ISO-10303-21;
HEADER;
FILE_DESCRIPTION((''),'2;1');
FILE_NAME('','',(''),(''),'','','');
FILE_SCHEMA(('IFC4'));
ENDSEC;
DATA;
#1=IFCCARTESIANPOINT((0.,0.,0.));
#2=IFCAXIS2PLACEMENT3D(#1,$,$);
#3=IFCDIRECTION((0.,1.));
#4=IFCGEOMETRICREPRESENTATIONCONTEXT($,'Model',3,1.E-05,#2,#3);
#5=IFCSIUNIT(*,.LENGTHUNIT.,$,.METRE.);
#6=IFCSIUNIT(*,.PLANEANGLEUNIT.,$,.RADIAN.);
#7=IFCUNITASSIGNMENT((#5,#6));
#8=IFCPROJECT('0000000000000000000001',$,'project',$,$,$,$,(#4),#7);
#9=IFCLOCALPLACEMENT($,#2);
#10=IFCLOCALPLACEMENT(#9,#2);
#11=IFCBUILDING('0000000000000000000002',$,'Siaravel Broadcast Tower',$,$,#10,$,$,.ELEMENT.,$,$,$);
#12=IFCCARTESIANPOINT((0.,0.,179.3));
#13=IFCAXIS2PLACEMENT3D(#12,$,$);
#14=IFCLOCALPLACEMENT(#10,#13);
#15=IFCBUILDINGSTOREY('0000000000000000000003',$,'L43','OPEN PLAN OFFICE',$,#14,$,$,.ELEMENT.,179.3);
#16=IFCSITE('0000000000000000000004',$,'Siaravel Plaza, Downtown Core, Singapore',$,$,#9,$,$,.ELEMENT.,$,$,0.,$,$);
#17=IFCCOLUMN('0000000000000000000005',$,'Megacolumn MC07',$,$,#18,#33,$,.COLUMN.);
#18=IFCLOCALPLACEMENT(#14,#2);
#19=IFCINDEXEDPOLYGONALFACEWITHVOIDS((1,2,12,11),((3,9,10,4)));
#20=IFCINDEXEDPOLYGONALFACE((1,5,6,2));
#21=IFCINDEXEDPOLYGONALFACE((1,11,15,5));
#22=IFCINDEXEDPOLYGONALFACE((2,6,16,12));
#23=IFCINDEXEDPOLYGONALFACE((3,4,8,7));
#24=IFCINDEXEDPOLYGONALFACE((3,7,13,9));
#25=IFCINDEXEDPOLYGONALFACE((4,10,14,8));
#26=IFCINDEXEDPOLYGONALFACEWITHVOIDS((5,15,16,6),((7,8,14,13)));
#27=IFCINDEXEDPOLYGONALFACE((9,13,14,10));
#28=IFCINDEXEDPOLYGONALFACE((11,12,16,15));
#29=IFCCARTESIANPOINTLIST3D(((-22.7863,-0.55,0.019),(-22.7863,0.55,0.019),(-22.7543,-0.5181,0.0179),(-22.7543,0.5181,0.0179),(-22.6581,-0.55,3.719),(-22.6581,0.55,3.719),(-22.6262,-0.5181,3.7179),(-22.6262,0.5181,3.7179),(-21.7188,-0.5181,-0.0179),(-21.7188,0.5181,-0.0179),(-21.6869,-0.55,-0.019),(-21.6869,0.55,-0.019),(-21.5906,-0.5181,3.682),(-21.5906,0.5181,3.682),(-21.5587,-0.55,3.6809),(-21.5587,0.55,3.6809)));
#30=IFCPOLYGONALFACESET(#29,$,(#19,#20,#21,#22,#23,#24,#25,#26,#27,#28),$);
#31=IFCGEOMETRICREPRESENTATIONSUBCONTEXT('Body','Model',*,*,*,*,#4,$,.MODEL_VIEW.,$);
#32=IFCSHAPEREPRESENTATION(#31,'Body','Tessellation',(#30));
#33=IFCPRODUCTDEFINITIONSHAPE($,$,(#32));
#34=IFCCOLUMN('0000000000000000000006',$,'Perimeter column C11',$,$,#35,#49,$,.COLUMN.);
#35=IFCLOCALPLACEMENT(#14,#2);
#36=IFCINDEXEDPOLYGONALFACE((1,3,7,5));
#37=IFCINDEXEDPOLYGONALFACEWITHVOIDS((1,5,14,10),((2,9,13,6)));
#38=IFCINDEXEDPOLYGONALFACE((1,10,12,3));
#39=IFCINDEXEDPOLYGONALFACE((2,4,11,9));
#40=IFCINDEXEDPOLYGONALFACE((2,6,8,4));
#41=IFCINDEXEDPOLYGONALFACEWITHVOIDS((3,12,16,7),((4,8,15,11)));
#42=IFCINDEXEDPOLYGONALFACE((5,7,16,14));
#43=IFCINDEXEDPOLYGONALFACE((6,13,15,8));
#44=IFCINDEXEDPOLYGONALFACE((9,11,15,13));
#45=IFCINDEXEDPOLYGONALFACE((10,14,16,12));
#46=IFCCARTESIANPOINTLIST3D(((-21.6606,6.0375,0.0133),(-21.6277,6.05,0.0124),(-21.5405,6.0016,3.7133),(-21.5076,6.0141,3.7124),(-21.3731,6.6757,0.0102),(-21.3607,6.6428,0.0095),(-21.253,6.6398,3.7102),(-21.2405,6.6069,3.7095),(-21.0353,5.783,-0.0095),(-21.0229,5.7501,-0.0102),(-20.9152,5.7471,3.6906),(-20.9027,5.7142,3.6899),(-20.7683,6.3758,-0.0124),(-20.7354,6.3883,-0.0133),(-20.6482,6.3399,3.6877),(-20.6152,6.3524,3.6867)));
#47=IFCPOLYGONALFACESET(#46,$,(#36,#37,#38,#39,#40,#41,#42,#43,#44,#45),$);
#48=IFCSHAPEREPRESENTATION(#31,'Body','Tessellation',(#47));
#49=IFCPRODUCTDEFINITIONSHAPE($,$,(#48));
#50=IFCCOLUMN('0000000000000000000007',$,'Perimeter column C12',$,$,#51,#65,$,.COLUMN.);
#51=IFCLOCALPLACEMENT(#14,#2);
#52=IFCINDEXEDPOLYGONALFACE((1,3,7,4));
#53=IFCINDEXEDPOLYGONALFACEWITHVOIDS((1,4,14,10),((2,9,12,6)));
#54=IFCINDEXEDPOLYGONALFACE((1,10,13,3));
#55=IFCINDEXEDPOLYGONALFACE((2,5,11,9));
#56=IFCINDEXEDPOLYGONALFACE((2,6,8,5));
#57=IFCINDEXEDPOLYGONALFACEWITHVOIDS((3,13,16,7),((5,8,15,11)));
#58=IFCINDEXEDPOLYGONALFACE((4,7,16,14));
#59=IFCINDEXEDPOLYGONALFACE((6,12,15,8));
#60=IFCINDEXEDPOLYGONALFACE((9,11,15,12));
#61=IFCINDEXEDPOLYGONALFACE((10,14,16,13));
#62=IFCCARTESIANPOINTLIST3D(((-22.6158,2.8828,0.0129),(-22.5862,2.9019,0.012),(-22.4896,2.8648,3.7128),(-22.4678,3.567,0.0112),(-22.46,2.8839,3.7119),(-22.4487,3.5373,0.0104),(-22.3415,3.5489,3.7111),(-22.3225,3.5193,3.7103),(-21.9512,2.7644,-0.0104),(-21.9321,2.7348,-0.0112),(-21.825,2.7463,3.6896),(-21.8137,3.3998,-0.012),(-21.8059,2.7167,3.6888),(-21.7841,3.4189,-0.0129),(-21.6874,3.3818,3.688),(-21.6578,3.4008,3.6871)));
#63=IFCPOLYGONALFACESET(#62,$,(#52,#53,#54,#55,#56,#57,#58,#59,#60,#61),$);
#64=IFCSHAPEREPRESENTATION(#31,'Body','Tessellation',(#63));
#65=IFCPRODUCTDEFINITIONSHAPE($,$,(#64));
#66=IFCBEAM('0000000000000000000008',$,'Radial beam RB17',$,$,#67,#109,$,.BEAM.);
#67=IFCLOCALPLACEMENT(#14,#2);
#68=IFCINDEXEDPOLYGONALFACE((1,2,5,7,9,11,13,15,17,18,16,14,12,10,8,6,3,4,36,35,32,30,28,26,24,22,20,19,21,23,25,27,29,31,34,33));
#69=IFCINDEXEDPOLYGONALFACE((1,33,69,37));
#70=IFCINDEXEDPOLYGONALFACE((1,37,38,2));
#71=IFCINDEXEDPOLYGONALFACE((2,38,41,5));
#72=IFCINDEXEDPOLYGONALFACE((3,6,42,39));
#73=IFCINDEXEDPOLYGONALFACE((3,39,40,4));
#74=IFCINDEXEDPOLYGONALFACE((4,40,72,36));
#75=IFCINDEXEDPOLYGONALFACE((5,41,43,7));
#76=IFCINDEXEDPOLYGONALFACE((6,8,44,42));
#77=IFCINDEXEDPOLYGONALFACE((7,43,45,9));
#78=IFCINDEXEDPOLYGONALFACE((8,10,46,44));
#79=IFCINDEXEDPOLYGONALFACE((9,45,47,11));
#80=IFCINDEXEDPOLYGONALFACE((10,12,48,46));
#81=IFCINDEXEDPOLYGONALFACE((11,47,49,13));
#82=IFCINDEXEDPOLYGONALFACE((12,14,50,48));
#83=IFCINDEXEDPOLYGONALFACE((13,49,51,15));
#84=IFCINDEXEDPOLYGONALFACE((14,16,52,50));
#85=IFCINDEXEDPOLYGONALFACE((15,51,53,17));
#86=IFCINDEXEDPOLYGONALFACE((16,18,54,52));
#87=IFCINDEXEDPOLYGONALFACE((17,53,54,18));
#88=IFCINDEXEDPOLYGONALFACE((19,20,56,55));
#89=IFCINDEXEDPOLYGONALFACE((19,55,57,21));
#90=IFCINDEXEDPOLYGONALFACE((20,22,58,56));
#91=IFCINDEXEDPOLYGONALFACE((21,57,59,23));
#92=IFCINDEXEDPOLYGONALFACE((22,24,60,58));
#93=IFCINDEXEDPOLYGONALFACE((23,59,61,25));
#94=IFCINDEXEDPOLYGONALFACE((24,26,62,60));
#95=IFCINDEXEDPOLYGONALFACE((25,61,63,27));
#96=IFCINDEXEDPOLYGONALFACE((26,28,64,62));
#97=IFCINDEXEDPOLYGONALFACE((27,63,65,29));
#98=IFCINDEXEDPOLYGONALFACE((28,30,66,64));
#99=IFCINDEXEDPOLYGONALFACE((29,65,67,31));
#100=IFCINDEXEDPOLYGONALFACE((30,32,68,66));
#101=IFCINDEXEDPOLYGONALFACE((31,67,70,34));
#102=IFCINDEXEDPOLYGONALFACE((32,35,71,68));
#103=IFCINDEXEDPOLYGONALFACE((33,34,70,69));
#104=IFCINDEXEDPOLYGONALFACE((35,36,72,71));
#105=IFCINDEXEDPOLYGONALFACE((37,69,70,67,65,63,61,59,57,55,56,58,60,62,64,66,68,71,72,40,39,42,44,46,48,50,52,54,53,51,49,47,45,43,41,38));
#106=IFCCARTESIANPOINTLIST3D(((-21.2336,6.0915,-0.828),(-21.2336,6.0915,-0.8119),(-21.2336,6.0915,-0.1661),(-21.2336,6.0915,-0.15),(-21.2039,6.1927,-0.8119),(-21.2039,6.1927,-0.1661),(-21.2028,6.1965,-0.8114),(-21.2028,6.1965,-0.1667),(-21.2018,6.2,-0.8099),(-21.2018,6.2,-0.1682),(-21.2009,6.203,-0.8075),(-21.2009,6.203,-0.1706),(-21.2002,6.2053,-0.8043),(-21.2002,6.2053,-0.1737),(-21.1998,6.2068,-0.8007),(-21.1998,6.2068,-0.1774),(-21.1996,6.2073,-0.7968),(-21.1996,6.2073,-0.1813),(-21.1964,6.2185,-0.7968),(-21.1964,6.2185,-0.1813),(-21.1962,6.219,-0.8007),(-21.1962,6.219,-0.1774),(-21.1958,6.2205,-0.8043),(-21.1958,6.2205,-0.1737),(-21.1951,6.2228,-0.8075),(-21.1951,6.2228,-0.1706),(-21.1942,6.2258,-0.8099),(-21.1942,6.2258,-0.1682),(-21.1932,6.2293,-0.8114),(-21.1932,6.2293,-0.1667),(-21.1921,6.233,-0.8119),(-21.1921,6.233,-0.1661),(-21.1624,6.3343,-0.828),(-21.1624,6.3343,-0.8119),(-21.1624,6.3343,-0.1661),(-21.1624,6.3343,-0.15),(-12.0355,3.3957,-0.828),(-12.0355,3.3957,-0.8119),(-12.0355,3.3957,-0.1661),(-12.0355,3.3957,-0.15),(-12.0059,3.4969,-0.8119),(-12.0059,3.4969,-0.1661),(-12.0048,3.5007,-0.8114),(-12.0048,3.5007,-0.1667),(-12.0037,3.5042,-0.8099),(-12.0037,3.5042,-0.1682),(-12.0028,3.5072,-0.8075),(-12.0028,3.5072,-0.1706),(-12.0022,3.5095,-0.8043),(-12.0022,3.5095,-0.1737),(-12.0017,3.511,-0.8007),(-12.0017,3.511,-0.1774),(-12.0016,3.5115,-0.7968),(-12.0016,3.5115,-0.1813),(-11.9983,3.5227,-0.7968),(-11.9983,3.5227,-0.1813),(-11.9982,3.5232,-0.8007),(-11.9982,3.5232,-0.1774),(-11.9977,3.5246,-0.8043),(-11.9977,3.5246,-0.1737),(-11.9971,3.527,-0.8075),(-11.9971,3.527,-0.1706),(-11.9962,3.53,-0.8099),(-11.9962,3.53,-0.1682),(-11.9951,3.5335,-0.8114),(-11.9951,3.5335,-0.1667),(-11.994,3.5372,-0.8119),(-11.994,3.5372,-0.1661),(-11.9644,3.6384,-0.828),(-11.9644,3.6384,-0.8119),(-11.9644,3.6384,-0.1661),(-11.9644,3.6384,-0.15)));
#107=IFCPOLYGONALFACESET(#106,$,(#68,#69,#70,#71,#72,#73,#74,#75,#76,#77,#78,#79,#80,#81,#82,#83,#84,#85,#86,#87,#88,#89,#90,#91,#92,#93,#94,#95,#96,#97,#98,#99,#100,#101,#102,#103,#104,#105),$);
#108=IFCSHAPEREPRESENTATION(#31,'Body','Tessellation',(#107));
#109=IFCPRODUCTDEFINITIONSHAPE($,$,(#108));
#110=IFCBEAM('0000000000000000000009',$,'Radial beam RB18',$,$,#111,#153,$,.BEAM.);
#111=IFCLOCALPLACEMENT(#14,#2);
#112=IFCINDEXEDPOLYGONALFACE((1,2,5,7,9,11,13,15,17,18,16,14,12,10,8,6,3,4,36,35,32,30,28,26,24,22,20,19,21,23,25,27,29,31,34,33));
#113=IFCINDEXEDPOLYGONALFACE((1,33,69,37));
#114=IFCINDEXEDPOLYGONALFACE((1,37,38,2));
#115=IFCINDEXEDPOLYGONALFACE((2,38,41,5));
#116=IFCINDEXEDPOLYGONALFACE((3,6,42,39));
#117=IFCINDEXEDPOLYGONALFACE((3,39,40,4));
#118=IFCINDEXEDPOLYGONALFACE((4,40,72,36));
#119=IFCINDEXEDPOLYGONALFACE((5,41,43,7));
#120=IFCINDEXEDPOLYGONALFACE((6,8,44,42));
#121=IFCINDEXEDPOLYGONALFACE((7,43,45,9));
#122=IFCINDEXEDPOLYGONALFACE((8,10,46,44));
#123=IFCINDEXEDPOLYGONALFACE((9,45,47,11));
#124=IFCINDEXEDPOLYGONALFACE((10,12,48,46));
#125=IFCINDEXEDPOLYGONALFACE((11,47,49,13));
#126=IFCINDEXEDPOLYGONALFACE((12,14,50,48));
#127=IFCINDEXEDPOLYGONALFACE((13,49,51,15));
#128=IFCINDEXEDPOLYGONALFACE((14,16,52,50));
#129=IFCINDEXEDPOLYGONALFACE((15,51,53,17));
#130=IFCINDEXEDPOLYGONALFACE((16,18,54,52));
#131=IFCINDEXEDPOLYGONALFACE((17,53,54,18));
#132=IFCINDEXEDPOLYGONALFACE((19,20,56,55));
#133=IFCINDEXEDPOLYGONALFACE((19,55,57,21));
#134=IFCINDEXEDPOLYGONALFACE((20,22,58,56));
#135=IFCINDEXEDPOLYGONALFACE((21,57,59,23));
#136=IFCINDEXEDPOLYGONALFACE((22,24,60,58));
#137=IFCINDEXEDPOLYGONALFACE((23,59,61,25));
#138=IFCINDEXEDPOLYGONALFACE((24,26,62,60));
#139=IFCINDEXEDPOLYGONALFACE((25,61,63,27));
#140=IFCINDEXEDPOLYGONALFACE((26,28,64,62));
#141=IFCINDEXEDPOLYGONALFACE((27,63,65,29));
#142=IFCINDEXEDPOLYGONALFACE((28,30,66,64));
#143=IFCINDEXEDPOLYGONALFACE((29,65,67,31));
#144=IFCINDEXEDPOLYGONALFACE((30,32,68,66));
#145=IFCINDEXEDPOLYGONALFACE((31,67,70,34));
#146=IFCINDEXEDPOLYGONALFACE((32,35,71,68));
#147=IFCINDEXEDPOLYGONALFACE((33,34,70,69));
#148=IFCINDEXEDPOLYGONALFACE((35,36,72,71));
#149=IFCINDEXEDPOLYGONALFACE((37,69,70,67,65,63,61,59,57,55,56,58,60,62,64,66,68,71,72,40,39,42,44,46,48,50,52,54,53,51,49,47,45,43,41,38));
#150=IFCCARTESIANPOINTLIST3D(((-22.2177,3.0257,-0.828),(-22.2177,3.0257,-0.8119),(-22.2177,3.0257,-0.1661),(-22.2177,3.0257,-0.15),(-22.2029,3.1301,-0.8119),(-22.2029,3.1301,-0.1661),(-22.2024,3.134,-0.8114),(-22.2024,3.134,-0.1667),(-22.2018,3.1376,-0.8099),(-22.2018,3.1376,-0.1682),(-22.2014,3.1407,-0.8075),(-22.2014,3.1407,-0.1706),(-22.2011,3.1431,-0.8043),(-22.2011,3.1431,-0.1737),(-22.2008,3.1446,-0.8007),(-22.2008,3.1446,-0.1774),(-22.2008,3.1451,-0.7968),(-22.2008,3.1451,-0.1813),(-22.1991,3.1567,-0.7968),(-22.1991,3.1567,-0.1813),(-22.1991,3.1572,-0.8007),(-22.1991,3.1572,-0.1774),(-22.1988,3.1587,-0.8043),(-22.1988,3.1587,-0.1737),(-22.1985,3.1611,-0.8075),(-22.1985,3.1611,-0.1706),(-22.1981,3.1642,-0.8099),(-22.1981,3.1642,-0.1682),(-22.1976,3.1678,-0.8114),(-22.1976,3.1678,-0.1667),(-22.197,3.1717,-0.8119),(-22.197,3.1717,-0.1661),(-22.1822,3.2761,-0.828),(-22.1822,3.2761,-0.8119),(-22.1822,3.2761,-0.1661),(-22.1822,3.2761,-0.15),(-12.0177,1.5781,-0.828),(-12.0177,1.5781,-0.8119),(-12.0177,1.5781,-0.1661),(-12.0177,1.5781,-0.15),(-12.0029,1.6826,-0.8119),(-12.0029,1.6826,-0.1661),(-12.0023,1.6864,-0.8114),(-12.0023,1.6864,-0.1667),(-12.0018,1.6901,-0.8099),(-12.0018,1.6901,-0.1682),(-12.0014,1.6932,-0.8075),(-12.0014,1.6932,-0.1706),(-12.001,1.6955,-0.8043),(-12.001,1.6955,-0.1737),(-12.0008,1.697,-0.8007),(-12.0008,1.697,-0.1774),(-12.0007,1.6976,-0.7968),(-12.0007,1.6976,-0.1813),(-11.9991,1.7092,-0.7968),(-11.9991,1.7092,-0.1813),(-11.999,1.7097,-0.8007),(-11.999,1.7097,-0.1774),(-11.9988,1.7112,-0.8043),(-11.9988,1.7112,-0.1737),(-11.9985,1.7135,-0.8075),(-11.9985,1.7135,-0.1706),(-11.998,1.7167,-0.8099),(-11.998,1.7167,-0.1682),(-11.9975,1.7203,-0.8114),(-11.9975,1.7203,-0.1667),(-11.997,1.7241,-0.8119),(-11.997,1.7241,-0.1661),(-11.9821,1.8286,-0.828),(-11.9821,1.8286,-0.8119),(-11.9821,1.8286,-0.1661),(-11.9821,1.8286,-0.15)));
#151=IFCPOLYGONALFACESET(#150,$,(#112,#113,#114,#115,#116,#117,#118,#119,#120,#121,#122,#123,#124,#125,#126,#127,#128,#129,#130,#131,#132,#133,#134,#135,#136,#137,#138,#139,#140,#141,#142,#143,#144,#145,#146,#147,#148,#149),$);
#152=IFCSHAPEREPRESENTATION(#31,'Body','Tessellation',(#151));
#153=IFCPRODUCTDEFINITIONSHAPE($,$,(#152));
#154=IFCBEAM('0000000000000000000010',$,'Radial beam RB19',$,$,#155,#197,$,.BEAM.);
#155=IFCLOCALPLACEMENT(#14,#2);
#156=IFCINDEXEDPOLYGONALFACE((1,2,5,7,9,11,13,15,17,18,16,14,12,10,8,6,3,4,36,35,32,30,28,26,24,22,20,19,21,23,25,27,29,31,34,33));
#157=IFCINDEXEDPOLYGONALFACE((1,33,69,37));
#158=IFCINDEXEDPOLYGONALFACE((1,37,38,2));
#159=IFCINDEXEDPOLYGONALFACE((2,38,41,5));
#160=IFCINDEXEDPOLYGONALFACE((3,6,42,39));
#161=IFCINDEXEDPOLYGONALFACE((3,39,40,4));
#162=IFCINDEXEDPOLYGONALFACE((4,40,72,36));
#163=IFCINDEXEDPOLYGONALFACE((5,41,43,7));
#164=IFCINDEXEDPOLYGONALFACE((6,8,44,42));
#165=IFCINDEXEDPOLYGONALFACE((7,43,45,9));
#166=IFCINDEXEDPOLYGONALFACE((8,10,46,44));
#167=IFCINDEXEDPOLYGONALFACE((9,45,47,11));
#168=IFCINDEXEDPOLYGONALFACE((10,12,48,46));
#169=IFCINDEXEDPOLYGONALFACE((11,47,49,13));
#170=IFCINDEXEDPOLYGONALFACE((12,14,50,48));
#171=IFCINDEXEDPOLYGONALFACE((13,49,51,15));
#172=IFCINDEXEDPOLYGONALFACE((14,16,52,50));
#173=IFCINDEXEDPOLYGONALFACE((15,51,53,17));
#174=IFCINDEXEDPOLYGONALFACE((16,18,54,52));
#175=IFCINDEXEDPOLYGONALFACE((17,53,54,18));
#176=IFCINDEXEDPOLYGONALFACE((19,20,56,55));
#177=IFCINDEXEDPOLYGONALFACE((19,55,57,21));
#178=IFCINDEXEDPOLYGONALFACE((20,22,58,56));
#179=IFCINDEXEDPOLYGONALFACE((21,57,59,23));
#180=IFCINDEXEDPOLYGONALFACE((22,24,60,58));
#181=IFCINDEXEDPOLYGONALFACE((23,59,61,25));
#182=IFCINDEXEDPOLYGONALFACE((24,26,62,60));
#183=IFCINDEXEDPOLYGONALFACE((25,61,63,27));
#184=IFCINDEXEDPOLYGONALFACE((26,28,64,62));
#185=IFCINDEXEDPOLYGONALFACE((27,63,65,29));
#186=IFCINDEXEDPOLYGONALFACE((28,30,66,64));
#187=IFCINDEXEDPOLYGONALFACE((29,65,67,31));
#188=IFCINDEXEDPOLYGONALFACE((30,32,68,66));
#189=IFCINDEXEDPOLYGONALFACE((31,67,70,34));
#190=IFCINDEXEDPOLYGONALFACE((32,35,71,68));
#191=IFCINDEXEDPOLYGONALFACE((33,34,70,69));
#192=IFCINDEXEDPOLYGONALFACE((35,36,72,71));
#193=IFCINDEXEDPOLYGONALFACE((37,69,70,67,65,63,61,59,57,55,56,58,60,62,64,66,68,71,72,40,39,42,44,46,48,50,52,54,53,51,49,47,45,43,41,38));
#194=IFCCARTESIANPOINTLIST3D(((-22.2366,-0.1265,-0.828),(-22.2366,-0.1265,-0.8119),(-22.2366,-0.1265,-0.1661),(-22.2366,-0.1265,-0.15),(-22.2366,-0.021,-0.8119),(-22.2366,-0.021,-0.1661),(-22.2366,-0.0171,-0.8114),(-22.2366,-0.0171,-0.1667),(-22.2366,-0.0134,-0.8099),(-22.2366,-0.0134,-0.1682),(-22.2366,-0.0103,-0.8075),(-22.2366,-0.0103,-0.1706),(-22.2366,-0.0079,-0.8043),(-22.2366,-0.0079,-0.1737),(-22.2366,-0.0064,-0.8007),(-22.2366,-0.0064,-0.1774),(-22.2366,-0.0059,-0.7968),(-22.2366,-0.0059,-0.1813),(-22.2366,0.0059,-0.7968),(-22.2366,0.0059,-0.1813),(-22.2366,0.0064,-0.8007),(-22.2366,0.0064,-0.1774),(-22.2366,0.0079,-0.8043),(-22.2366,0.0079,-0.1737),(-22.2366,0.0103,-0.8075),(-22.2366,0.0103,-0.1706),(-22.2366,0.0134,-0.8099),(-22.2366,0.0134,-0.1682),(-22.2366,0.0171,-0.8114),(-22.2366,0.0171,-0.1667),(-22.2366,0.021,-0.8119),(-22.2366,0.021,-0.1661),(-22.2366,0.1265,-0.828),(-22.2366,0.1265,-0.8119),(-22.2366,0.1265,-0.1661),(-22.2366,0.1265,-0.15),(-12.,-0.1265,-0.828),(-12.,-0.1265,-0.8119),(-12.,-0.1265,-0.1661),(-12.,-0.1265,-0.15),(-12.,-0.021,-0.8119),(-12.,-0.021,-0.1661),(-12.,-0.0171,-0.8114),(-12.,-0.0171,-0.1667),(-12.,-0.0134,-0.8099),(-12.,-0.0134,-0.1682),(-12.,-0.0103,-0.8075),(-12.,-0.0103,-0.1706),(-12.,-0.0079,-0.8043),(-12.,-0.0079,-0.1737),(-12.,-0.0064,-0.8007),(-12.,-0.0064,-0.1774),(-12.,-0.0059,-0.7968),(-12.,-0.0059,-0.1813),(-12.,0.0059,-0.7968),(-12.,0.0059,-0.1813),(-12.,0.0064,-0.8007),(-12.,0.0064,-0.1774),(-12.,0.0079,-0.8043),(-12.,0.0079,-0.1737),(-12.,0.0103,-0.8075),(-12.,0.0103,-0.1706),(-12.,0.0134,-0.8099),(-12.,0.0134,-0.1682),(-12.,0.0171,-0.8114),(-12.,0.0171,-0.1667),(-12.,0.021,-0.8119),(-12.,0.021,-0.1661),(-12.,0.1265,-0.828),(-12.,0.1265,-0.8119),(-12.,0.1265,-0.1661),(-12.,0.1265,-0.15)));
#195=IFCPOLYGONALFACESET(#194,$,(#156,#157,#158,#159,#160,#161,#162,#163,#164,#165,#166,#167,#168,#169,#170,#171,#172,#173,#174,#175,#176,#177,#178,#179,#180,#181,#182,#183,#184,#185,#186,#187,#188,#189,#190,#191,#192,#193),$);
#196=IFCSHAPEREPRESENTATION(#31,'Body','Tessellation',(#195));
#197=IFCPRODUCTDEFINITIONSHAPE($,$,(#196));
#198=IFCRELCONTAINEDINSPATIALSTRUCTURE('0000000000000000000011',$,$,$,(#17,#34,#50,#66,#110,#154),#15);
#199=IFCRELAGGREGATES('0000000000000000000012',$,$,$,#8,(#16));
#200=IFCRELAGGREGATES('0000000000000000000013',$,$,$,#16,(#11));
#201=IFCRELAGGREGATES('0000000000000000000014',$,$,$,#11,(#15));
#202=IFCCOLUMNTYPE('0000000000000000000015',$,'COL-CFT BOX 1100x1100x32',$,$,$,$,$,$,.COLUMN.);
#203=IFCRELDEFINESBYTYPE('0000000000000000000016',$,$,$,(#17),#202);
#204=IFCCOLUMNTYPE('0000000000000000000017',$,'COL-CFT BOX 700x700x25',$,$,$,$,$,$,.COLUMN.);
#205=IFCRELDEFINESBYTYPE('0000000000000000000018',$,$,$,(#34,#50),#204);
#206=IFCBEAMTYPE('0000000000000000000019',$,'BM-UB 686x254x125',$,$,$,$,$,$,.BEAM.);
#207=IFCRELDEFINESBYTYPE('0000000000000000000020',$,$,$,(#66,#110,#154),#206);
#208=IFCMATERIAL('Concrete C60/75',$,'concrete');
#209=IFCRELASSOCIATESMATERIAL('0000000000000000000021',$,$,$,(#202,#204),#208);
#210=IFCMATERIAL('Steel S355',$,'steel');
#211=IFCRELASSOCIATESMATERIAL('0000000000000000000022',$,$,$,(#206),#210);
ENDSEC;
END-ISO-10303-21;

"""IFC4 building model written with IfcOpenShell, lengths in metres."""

from ifc_helpers import new_model, si_unit, direction, frame, origin, origin_2d, place, context, subcontext, project, spatial, hollow_rectangle, i_section, extrude, material, material_profile, profile_set, type_object, element, save


model = new_model("IFC4")

# Units and contexts
model_context = context("Model", 3, precision=1e-05, world=origin(), true_north=direction((0.0, 1.0)))
body_context = subcontext(model_context, "Body", "Model", "MODEL_VIEW")
ifc_project = project(units=[si_unit("LENGTHUNIT", "METRE"), si_unit("PLANEANGLEUNIT", "RADIAN")], contexts=[model_context])

# Site, building, storey
site_placement = place(None, origin())
site = spatial("IfcSite", under=ifc_project, at=site_placement, Name="Siaravel Plaza, Downtown Core, Singapore", CompositionType="ELEMENT", RefElevation=0.0)
building_placement = place(site_placement, origin())
building = spatial("IfcBuilding", under=site, at=building_placement, Name="Siaravel Broadcast Tower", CompositionType="ELEMENT")
storey_placement = place(building_placement, frame((0.0, 0.0, 179.3)))
storey = spatial("IfcBuildingStorey", under=building, at=storey_placement, Name="L43", Description="OPEN PLAN OFFICE", CompositionType="ELEMENT", Elevation=179.3)

# Columns
ifc_material_1 = material(Name="Concrete C60/75", Category="concrete")
ifc_material_profile_1 = material_profile(ifc_material_1, hollow_rectangle(XDim=1.1001, YDim=1.1001, WallThickness=0.032, at=origin_2d()))
ifc_profile_set_1 = profile_set([ifc_material_profile_1], Name="Concrete C60/75")
column_type_1 = type_object("IfcColumnType", Name="COL-CFT BOX 1100x1100x32", PredefinedType="COLUMN", material=ifc_profile_set_1)
column_placement = place(storey_placement, frame((-22.2366, 0.0, 0.0), z_axis=(0.034621, 0.0, 0.999401), x_axis=(0.0, 1.0, 0.0)))
element("IfcColumn", 1, at=column_placement, inside=storey, type_object=column_type_1, Name="Megacolumn MC07", PredefinedType="COLUMN", context=body_context, shape_type="SweptSolid", body=[
    extrude(hollow_rectangle(XDim=1.1001, YDim=1.1001, WallThickness=0.032, at=origin_2d()), origin(), (0.0, 0.0, 1.0), 3.7021),
])
ifc_material_profile_2 = material_profile(ifc_material_1, hollow_rectangle(XDim=0.7, YDim=0.7, WallThickness=0.0249, at=origin_2d()))
ifc_profile_set_2 = profile_set([ifc_material_profile_2], Name="Concrete C60/75")
column_type_2 = type_object("IfcColumnType", Name="COL-CFT BOX 700x700x25", PredefinedType="COLUMN", material=ifc_profile_set_2)
for number, where, z_axis, x_axis, name in (
    (2, (-21.198, 6.2129, 0.0), (0.032446, -0.009694, 0.999426), (0.410759, 0.911733, -0.004492), "Perimeter column C11"),
    (3, (-22.2, 3.1509, 0.0), (0.034094, -0.00488, 0.999407), (0.21155, 0.977364, -0.002444), "Perimeter column C12"),
):
    element("IfcColumn", number, at=place(storey_placement, frame(where, z_axis=z_axis, x_axis=x_axis)), inside=storey, type_object=column_type_2, Name=name, PredefinedType="COLUMN", context=body_context, shape_type="SweptSolid", body=[
        extrude(hollow_rectangle(XDim=0.7, YDim=0.7, WallThickness=0.0249, at=origin_2d()), origin(), (0.0, 0.0, 1.0), 3.7021),
    ])

# Beams
ifc_material_2 = material(Name="Steel S355", Category="steel")
ifc_material_profile_3 = material_profile(ifc_material_2, i_section(OverallWidth=0.2529, OverallDepth=0.678, WebThickness=0.0117, FlangeThickness=0.0161, FilletRadius=0.0151, at=origin_2d()))
ifc_profile_set_3 = profile_set([ifc_material_profile_3], Name="Steel S355")
beam_type = type_object("IfcBeamType", Name="BM-UB 686x254x125", PredefinedType="BEAM", material=ifc_profile_set_3)
beam_1_placement = place(storey_placement, frame((-21.198, 6.2129, -0.489), z_axis=(0.959633, -0.281255, 0.0), x_axis=(0.281255, 0.959633, 0.0)))
element("IfcBeam", 4, at=beam_1_placement, inside=storey, type_object=beam_type, Name="Radial beam RB17", PredefinedType="BEAM", context=body_context, shape_type="SweptSolid", body=[
    extrude(i_section(OverallWidth=0.2529, OverallDepth=0.678, WebThickness=0.0117, FlangeThickness=0.0161, FilletRadius=0.0151, at=origin_2d()), origin(), (0.0, 0.0, 1.0), 9.585),
])
beam_2_placement = place(storey_placement, frame((-22.2, 3.1509, -0.489), z_axis=(0.99008, -0.140506, 0.0), x_axis=(0.140506, 0.99008, 0.0)))
element("IfcBeam", 5, at=beam_2_placement, inside=storey, type_object=beam_type, Name="Radial beam RB18", PredefinedType="BEAM", context=body_context, shape_type="SweptSolid", body=[
    extrude(i_section(OverallWidth=0.2529, OverallDepth=0.678, WebThickness=0.0117, FlangeThickness=0.0161, FilletRadius=0.0151, at=origin_2d()), origin(), (0.0, 0.0, 1.0), 10.3022),
])
beam_3_placement = place(storey_placement, frame((-22.2366, 0.0, -0.489), z_axis=(1.0, 0.0, 0.0), x_axis=(0.0, 1.0, 0.0)))
element("IfcBeam", 6, at=beam_3_placement, inside=storey, type_object=beam_type, Name="Radial beam RB19", PredefinedType="BEAM", context=body_context, shape_type="SweptSolid", body=[
    extrude(i_section(OverallWidth=0.2529, OverallDepth=0.678, WebThickness=0.0117, FlangeThickness=0.0161, FilletRadius=0.0151, at=origin_2d()), origin(), (0.0, 0.0, 1.0), 10.2366),
])

save(model, "model.ifc")
